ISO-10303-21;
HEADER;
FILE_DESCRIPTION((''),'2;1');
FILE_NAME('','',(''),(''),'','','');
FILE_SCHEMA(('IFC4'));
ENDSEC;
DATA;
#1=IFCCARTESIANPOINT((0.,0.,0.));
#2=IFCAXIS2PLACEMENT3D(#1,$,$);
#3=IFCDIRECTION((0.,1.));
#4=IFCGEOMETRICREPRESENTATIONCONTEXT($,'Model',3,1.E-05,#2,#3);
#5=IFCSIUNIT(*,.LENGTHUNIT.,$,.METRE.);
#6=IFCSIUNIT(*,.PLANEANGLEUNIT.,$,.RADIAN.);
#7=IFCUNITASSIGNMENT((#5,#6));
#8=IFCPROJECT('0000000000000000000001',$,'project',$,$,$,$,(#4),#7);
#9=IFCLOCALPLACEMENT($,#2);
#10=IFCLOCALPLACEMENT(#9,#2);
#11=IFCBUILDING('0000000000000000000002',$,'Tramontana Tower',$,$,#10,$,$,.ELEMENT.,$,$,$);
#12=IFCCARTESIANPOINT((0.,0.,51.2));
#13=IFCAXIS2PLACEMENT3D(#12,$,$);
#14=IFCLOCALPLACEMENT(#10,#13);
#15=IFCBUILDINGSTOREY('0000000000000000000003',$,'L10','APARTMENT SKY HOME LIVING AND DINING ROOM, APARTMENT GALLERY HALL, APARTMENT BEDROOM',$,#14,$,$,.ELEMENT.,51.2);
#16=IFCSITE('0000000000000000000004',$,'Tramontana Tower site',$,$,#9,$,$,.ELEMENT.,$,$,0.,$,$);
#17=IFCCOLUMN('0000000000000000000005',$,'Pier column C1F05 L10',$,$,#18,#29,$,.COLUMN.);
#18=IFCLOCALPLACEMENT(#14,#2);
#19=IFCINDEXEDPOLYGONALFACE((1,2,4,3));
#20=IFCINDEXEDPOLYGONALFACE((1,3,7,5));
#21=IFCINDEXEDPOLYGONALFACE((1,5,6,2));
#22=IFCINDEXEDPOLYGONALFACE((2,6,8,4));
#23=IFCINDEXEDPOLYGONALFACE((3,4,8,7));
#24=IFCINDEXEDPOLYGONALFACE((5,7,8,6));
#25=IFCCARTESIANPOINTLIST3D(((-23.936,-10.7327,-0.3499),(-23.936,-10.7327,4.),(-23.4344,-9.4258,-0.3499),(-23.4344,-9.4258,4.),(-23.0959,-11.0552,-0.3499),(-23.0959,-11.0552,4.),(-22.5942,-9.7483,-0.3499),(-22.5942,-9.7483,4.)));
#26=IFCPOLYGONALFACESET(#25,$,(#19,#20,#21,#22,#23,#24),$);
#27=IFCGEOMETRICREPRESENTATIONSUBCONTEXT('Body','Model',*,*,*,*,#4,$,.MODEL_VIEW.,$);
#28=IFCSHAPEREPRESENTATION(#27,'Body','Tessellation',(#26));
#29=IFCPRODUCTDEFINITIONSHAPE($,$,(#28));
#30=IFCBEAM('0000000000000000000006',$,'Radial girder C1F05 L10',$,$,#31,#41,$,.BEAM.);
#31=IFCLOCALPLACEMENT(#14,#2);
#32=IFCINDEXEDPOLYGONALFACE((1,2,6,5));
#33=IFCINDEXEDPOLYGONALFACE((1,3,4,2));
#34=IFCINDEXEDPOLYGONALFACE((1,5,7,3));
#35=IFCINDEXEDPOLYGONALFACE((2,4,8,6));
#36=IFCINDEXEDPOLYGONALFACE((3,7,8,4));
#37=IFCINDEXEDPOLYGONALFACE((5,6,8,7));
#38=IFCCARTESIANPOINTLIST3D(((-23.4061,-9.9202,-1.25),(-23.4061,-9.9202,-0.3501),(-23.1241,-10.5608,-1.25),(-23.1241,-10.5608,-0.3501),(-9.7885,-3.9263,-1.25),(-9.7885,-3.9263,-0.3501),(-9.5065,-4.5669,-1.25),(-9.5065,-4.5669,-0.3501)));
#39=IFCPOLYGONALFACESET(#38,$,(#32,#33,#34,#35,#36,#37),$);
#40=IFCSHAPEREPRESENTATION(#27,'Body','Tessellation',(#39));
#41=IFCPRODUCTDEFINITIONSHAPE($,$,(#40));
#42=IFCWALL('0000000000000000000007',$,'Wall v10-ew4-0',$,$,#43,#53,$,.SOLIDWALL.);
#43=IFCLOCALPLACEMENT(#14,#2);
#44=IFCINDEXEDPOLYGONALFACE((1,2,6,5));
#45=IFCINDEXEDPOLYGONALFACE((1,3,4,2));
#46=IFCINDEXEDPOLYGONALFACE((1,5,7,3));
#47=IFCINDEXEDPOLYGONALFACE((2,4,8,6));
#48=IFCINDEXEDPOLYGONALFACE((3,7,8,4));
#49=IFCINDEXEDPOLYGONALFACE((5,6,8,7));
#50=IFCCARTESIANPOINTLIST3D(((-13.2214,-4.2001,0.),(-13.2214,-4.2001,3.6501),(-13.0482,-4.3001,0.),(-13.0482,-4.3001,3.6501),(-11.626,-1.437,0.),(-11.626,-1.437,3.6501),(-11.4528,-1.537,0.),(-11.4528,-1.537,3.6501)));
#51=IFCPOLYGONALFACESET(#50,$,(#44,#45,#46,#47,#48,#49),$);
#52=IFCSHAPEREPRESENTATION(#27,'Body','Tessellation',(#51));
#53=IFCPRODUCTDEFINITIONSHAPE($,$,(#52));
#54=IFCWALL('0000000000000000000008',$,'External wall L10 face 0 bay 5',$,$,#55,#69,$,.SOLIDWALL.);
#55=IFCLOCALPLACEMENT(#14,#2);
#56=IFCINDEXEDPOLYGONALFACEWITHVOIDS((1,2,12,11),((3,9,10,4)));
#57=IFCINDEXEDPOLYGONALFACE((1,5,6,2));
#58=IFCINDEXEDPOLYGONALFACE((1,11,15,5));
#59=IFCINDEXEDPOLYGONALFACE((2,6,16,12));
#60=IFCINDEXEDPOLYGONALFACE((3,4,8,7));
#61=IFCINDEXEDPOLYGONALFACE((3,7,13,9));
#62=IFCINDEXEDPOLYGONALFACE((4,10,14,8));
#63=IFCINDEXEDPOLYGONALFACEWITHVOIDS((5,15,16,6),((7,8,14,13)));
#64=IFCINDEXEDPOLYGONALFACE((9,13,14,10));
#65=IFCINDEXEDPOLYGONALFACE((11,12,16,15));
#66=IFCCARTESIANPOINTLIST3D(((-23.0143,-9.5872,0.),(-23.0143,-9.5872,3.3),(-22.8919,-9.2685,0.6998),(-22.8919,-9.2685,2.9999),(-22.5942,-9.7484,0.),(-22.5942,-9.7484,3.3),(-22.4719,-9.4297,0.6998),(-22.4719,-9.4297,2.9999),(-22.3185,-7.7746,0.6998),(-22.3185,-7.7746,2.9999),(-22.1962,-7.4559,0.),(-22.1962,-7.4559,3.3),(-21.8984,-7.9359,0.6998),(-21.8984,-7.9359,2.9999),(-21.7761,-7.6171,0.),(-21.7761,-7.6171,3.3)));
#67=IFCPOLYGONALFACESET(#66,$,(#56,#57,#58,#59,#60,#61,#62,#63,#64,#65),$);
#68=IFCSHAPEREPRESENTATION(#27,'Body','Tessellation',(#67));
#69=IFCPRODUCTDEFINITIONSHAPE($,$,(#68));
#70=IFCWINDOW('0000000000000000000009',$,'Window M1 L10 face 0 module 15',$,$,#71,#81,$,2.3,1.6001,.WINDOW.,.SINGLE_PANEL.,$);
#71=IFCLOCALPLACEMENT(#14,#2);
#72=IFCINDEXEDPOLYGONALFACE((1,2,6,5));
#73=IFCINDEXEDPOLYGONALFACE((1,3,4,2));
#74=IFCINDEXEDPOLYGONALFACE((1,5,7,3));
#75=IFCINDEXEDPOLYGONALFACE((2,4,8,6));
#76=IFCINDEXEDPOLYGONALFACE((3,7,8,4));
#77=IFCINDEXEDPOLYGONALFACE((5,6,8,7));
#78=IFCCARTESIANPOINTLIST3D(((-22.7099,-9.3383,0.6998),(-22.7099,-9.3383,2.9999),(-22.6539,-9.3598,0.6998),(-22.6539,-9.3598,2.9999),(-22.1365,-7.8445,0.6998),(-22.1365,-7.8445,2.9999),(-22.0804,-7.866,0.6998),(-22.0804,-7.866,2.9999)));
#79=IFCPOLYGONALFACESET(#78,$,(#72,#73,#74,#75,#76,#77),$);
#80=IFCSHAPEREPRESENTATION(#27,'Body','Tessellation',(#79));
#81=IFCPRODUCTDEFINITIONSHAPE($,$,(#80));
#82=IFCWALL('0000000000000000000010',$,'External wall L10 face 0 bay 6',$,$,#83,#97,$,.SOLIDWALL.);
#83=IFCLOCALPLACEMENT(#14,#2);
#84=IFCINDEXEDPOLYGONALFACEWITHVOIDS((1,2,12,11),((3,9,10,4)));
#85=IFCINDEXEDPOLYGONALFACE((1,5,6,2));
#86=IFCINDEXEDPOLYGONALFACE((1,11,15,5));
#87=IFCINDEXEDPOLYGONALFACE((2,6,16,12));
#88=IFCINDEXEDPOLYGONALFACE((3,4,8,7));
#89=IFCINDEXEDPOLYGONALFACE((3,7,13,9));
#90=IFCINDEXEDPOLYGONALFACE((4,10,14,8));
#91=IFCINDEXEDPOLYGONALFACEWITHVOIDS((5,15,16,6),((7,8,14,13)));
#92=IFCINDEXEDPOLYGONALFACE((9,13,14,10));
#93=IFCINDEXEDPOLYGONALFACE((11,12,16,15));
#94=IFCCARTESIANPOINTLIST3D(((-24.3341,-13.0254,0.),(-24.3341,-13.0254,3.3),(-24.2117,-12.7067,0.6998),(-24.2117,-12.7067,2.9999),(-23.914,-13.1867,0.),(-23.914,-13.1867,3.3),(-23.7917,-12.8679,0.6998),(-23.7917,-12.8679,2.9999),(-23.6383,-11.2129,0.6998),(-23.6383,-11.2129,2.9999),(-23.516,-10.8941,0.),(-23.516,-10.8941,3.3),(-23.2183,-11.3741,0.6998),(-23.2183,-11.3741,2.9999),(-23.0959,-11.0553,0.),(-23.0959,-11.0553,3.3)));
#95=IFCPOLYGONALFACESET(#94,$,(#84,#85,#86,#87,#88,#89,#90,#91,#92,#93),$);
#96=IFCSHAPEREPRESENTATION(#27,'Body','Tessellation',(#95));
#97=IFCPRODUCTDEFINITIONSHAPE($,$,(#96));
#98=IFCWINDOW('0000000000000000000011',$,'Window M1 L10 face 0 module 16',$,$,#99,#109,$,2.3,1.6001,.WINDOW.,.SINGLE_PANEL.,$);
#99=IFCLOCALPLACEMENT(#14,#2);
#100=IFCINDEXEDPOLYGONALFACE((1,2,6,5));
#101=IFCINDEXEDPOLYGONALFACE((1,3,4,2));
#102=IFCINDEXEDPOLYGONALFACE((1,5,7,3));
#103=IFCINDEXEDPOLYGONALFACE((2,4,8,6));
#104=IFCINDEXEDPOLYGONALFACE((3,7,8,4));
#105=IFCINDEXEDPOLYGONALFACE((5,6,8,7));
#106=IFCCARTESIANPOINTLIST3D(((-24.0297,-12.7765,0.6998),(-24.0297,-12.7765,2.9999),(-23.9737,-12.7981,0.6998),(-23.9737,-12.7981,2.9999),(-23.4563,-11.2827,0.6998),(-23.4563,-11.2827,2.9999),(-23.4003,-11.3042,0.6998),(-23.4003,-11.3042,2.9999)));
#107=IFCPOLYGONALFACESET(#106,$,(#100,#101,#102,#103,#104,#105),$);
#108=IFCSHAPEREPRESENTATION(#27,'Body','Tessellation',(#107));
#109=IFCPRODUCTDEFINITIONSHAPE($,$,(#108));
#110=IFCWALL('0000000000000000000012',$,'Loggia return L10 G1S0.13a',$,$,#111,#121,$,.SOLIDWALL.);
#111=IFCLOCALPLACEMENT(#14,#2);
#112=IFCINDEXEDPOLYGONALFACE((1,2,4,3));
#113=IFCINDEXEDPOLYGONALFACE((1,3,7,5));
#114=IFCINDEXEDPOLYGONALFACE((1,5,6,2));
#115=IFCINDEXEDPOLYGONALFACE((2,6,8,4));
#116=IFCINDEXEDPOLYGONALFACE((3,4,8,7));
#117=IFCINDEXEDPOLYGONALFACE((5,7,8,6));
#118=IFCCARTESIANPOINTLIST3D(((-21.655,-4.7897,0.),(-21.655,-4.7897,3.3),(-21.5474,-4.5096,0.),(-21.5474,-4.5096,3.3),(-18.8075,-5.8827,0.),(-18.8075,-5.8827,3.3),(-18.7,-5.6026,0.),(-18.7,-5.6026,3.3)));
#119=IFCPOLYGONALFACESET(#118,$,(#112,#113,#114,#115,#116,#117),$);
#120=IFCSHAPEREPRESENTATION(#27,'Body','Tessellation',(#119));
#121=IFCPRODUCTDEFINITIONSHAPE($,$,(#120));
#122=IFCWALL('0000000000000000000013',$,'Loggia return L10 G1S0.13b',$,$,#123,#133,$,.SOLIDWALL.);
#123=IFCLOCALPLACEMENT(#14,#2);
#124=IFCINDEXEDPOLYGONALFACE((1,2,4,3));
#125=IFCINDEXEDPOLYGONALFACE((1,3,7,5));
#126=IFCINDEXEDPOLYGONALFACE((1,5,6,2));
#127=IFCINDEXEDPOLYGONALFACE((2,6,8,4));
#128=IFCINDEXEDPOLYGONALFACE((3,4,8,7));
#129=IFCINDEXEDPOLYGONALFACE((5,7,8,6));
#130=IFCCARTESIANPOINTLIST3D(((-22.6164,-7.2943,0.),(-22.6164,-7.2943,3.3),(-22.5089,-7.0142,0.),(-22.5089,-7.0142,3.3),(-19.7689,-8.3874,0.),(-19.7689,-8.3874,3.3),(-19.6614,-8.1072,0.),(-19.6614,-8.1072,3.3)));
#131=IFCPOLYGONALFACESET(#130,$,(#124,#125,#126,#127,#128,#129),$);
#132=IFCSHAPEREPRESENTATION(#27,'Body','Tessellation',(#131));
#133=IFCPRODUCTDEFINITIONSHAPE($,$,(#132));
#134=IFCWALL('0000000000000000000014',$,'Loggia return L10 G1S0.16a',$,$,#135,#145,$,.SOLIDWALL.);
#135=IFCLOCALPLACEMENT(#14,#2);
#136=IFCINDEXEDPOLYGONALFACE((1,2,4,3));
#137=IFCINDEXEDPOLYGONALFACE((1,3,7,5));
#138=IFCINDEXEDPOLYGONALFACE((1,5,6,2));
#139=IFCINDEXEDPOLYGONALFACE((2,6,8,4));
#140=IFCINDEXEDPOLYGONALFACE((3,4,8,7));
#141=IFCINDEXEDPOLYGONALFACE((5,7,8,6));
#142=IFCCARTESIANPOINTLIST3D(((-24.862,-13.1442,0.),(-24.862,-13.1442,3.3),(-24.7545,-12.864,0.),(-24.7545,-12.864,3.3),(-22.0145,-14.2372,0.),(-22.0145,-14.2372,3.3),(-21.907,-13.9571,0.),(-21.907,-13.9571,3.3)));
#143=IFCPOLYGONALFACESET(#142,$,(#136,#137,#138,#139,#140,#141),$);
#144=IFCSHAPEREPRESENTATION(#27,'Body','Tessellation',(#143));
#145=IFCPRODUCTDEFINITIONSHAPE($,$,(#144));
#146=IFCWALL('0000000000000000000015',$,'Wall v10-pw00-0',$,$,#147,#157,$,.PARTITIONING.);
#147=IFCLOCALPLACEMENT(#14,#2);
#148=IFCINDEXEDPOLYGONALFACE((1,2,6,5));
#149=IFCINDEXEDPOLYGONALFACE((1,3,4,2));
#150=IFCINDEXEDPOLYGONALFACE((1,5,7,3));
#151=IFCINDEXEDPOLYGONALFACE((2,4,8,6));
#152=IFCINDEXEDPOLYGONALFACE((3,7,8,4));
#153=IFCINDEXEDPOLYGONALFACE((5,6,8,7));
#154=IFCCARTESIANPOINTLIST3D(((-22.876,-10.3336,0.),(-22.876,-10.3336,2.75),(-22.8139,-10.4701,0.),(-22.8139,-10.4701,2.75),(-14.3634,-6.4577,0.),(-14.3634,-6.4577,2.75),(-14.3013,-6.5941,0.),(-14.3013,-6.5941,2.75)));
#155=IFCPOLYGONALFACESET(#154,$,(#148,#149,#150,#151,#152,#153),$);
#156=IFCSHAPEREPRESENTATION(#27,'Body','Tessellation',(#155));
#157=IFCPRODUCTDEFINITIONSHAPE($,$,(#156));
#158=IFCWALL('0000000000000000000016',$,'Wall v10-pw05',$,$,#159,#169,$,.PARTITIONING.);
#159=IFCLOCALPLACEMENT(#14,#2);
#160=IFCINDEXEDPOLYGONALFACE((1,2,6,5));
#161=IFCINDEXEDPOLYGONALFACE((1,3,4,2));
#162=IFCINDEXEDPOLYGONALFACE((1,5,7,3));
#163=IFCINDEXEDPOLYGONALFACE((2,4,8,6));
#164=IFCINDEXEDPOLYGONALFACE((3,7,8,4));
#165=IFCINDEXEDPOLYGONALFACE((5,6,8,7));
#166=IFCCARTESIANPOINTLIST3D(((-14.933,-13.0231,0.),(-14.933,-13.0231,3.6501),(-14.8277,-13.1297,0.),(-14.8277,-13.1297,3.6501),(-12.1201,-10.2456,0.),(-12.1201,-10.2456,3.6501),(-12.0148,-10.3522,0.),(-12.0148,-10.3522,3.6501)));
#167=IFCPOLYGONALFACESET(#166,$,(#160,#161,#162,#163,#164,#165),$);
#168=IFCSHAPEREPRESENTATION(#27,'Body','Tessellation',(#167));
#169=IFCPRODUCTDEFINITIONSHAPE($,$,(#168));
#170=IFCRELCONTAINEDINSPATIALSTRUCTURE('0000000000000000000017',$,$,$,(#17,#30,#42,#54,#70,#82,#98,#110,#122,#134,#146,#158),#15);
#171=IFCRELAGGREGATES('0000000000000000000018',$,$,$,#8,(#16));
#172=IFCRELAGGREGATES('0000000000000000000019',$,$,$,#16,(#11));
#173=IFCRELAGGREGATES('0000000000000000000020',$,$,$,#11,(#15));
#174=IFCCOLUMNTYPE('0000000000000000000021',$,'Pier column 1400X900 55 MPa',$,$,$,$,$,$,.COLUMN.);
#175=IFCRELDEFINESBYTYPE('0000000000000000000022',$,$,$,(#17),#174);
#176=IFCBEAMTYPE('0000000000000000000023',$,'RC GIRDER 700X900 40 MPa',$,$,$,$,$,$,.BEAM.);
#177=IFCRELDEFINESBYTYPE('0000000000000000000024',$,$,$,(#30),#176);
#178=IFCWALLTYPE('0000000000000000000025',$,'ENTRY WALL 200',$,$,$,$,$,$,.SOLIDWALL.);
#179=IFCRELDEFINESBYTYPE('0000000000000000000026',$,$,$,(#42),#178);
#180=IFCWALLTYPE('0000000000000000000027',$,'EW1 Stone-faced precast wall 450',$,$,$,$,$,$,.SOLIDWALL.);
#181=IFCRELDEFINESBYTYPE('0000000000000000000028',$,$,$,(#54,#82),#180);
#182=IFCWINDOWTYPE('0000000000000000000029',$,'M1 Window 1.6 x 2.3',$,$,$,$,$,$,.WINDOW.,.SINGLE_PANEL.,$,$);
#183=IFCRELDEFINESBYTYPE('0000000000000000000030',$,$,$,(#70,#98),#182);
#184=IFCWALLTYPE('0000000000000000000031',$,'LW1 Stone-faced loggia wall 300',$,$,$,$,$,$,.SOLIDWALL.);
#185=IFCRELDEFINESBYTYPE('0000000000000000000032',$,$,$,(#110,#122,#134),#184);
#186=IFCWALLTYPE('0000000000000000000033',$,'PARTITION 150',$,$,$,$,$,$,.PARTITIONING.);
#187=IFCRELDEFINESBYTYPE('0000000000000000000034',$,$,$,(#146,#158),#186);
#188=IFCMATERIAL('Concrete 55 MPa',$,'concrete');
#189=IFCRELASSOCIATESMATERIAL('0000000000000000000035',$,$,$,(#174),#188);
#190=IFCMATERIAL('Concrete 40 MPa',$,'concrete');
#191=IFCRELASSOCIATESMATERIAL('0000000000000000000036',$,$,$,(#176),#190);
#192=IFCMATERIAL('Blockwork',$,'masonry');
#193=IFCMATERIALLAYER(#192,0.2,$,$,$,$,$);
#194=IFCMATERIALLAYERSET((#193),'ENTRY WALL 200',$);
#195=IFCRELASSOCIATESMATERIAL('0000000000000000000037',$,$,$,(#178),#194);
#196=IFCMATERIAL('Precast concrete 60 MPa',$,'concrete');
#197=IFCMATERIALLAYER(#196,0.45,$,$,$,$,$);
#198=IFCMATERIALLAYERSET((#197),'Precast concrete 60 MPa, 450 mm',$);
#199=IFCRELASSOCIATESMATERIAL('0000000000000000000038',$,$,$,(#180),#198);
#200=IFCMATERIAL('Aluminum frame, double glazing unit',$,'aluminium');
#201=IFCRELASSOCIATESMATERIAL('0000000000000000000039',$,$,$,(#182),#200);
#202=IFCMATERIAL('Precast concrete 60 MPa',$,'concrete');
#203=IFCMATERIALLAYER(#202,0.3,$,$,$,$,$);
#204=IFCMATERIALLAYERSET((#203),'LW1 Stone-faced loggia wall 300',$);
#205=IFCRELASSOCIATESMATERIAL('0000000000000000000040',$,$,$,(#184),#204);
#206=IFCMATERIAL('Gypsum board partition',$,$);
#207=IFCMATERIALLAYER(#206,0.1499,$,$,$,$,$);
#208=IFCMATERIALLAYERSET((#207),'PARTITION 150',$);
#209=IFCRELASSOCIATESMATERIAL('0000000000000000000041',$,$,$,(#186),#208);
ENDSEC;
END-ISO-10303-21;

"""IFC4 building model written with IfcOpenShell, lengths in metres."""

from ifc_helpers import new_model, si_unit, direction, frame, frame_2d, origin, origin_2d, place, context, subcontext, project, spatial, rectangle, extrude, material, layer, layer_set, material_profile, profile_set, type_object, element, fill, save


model = new_model("IFC4")

# Units and contexts
model_context = context("Model", 3, precision=1e-05, world=origin(), true_north=direction((0.0, 1.0)))
body_context = subcontext(model_context, "Body", "Model", "MODEL_VIEW")
ifc_project = project(units=[si_unit("LENGTHUNIT", "METRE"), si_unit("PLANEANGLEUNIT", "RADIAN")], contexts=[model_context])

# Site, building, storey
site_placement = place(None, origin())
site = spatial("IfcSite", under=ifc_project, at=site_placement, Name="Tramontana Tower site", CompositionType="ELEMENT", RefElevation=0.0)
building_placement = place(site_placement, origin())
building = spatial("IfcBuilding", under=site, at=building_placement, Name="Tramontana Tower", CompositionType="ELEMENT")
storey_placement = place(building_placement, frame((0.0, 0.0, 51.2)))
storey = spatial("IfcBuildingStorey", under=building, at=storey_placement, Name="L10", Description="APARTMENT SKY HOME LIVING AND DINING ROOM, APARTMENT GALLERY HALL, APARTMENT BEDROOM", CompositionType="ELEMENT", Elevation=51.2)

# Column
ifc_material_1 = material(Name="Concrete 55 MPa", Category="concrete")
ifc_material_profile_1 = material_profile(ifc_material_1, rectangle(XDim=1.3999, YDim=0.8999, at=origin_2d()), Name="Pier column 1400X900 55 MPa")
ifc_profile_set_1 = profile_set([ifc_material_profile_1], Name="Concrete 55 MPa")
column_type = type_object("IfcColumnType", Name="Pier column 1400X900 55 MPa", PredefinedType="COLUMN", material=ifc_profile_set_1)
column_placement = place(storey_placement, frame((-23.2651, -10.2405, -0.3499), z_axis=(0.0, 0.0, 1.0), x_axis=(-0.358368, -0.93358, 0.0)))
element("IfcColumn", 1, at=column_placement, inside=storey, type_object=column_type, Name="Pier column C1F05 L10", PredefinedType="COLUMN", context=body_context, shape_type="SweptSolid", body=[
    extrude(rectangle(XDim=1.3999, YDim=0.8999, at=origin_2d()), origin(), (0.0, 0.0, 1.0), 4.3499),
])

# Beam
ifc_material_2 = material(Name="Concrete 40 MPa", Category="concrete")
ifc_material_profile_2 = material_profile(ifc_material_2, rectangle(XDim=0.7, YDim=0.8999, at=origin_2d()), Name="RC GIRDER 700X900 40 MPa")
ifc_profile_set_2 = profile_set([ifc_material_profile_2], Name="Concrete 40 MPa")
beam_type = type_object("IfcBeamType", Name="RC GIRDER 700X900 40 MPa", PredefinedType="BEAM", material=ifc_profile_set_2)
beam_placement = place(storey_placement, frame((-23.2651, -10.2405, -0.8), z_axis=(0.915263, 0.402858, 0.0), x_axis=(-0.402858, 0.915263, 0.0)))
element("IfcBeam", 2, at=beam_placement, inside=storey, type_object=beam_type, Name="Radial girder C1F05 L10", PredefinedType="BEAM", context=body_context, shape_type="SweptSolid", body=[
    extrude(rectangle(XDim=0.7, YDim=0.8999, at=origin_2d()), origin(), (0.0, 0.0, 1.0), 14.8784),
])

# Wall
ifc_material_3 = material(Name="Blockwork", Category="masonry")
ifc_layer_1 = layer(ifc_material_3, 0.2)
ifc_layer_set_1 = layer_set([ifc_layer_1], Name="ENTRY WALL 200")
wall_type_1 = type_object("IfcWallType", Name="ENTRY WALL 200", PredefinedType="SOLIDWALL", material=ifc_layer_set_1)
wall_1_placement = place(storey_placement, frame((-13.1348, -4.25, 0.0), z_axis=(0.0, 0.0, 1.0), x_axis=(0.500032, 0.866007, 0.0)))
element("IfcWall", 3, at=wall_1_placement, inside=storey, type_object=wall_type_1, Name="Wall v10-ew4-0", PredefinedType="SOLIDWALL", context=body_context, shape_type="SweptSolid", body=[
    extrude(rectangle(XDim=3.1907, YDim=0.2, at=frame_2d((1.5952, 0.0))), origin(), (0.0, 0.0, 1.0), 3.6501),
])

# Walls, openings, windows
ifc_material_4 = material(Name="Precast concrete 60 MPa", Category="concrete")
ifc_layer_2 = layer(ifc_material_4, 0.45)
ifc_layer_set_2 = layer_set([ifc_layer_2], Name="Precast concrete 60 MPa, 450 mm")
wall_type_2 = type_object("IfcWallType", Name="EW1 Stone-faced precast wall 450", PredefinedType="SOLIDWALL", material=ifc_layer_set_2)
wall_2_placement = place(storey_placement, frame((-21.9861, -7.5364, 0.0), z_axis=(0.0, 0.0, 1.0), x_axis=(-0.358356, -0.933585, 0.0)))
wall_2 = element("IfcWall", 4, at=wall_2_placement, inside=storey, type_object=wall_type_2, Name="External wall L10 face 0 bay 5", PredefinedType="SOLIDWALL", context=body_context, shape_type="SweptSolid", body=[
    extrude(rectangle(XDim=2.283, YDim=0.45, at=frame_2d((1.1416, 0.0))), origin(), (0.0, 0.0, 1.0), 3.3),
])
opening_1_placement = place(wall_2_placement, frame((0.3416, 0.0, 0.7)))
opening_1 = element("IfcOpeningElement", 5, at=opening_1_placement, cuts=wall_2, PredefinedType="OPENING", context=body_context, shape_type="SweptSolid", body=[
    extrude(rectangle(XDim=1.6001, YDim=2.3, at=frame_2d((0.8, 1.1499))), frame((0.0, 0.2349, 0.0), z_axis=(0.0, -1.0, 0.0), x_axis=(1.0, 0.0, 0.0)), (0.0, 0.0, 1.0), 0.47),
])
ifc_material_5 = material(Name="Aluminum frame, double glazing unit", Category="aluminium")
window_type = type_object("IfcWindowType", Name="M1 Window 1.6 x 2.3", PartitioningType="SINGLE_PANEL", PredefinedType="WINDOW", material=ifc_material_5)
window_1_placement = place(opening_1_placement, origin())
window_1 = element("IfcWindow", 6, at=window_1_placement, inside=storey, type_object=window_type, Name="Window M1 L10 face 0 module 15", OverallHeight=2.3, OverallWidth=1.6001, PartitioningType="SINGLE_PANEL", PredefinedType="WINDOW", context=body_context, shape_type="SweptSolid", body=[
    extrude(rectangle(XDim=1.6001, YDim=2.3, at=frame_2d((0.8, 1.1499))), frame((0.0, 0.03, 0.0), z_axis=(0.0, -1.0, 0.0), x_axis=(1.0, 0.0, 0.0)), (0.0, 0.0, 1.0), 0.0601),
])
fill(opening_1, window_1)
wall_3_placement = place(storey_placement, frame((-23.3059, -10.9746, 0.0), z_axis=(0.0, 0.0, 1.0), x_axis=(-0.358356, -0.933585, 0.0)))
wall_3 = element("IfcWall", 7, at=wall_3_placement, inside=storey, type_object=wall_type_2, Name="External wall L10 face 0 bay 6", PredefinedType="SOLIDWALL", context=body_context, shape_type="SweptSolid", body=[
    extrude(rectangle(XDim=2.283, YDim=0.45, at=frame_2d((1.1416, 0.0))), origin(), (0.0, 0.0, 1.0), 3.3),
])
opening_2_placement = place(wall_3_placement, frame((0.3416, 0.0, 0.7)))
opening_2 = element("IfcOpeningElement", 8, at=opening_2_placement, cuts=wall_3, PredefinedType="OPENING", context=body_context, shape_type="SweptSolid", body=[
    extrude(rectangle(XDim=1.6001, YDim=2.3, at=frame_2d((0.8, 1.1499))), frame((0.0, 0.2349, 0.0), z_axis=(0.0, -1.0, 0.0), x_axis=(1.0, 0.0, 0.0)), (0.0, 0.0, 1.0), 0.47),
])
window_2_placement = place(opening_2_placement, origin())
window_2 = element("IfcWindow", 9, at=window_2_placement, inside=storey, type_object=window_type, Name="Window M1 L10 face 0 module 16", OverallHeight=2.3, OverallWidth=1.6001, PartitioningType="SINGLE_PANEL", PredefinedType="WINDOW", context=body_context, shape_type="SweptSolid", body=[
    extrude(rectangle(XDim=1.6001, YDim=2.3, at=frame_2d((0.8, 1.1499))), frame((0.0, 0.03, 0.0), z_axis=(0.0, -1.0, 0.0), x_axis=(1.0, 0.0, 0.0)), (0.0, 0.0, 1.0), 0.0601),
])
fill(opening_2, window_2)

# Shared definitions
ifc_material_6 = material(Name="Precast concrete 60 MPa", Category="concrete")
ifc_layer_3 = layer(ifc_material_6, 0.3)
ifc_layer_set_3 = layer_set([ifc_layer_3], Name="LW1 Stone-faced loggia wall 300")
wall_type_3 = type_object("IfcWallType", Name="LW1 Stone-faced loggia wall 300", PredefinedType="SOLIDWALL", material=ifc_layer_set_3)

# Walls
for number, where, z_axis, x_axis, name in (
    (10, (-21.6011, -4.6497, 0.0), (0.0, 0.0, 1.0), (0.933581, -0.358368, 0.0), "Loggia return L10 G1S0.13a"),
    (11, (-22.5625, -7.1543, 0.0), (0.0, 0.0, 1.0), (0.933581, -0.358368, 0.0), "Loggia return L10 G1S0.13b"),
):
    element("IfcWall", number, at=place(storey_placement, frame(where, z_axis=z_axis, x_axis=x_axis)), inside=storey, type_object=wall_type_3, Name=name, PredefinedType="SOLIDWALL", context=body_context, shape_type="SweptSolid", body=[
        extrude(rectangle(XDim=3.05, YDim=0.3, at=frame_2d((1.5249, 0.0))), origin(), (0.0, 0.0, 1.0), 3.3),
    ])

# Walls
wall_4_placement = place(storey_placement, frame((-24.8081, -13.0042, 0.0), z_axis=(0.0, 0.0, 1.0), x_axis=(0.933581, -0.358368, 0.0)))
element("IfcWall", 12, at=wall_4_placement, inside=storey, type_object=wall_type_3, Name="Loggia return L10 G1S0.16a", PredefinedType="SOLIDWALL", context=body_context, shape_type="SweptSolid", body=[
    extrude(rectangle(XDim=3.05, YDim=0.3, at=frame_2d((1.5249, 0.0))), origin(), (0.0, 0.0, 1.0), 3.3),
])
ifc_material_7 = material(Name="Gypsum board partition")
ifc_layer_4 = layer(ifc_material_7, 0.1499)
ifc_layer_set_4 = layer_set([ifc_layer_4], Name="PARTITION 150")
wall_type_4 = type_object("IfcWallType", Name="PARTITION 150", PredefinedType="PARTITIONING", material=ifc_layer_set_4)
wall_5_placement = place(storey_placement, frame((-22.845, -10.4019, 0.0), z_axis=(0.0, 0.0, 1.0), x_axis=(0.910102, 0.414385, 0.0)))
element("IfcWall", 13, at=wall_5_placement, inside=storey, type_object=wall_type_4, Name="Wall v10-pw00-0", PredefinedType="PARTITIONING", context=body_context, shape_type="SweptSolid", body=[
    extrude(rectangle(XDim=9.3535, YDim=0.1499, at=frame_2d((4.6768, 0.0))), origin(), (0.0, 0.0, 1.0), 2.75),
])
wall_6_placement = place(storey_placement, frame((-14.8804, -13.0764, 0.0), z_axis=(0.0, 0.0, 1.0), x_axis=(0.71157, 0.702615, 0.0)))
element("IfcWall", 14, at=wall_6_placement, inside=storey, type_object=wall_type_4, Name="Wall v10-pw05", PredefinedType="PARTITIONING", context=body_context, shape_type="SweptSolid", body=[
    extrude(rectangle(XDim=3.9531, YDim=0.1499, at=frame_2d((1.9766, 0.0))), origin(), (0.0, 0.0, 1.0), 3.6501),
])

save(model, "model.ifc")
